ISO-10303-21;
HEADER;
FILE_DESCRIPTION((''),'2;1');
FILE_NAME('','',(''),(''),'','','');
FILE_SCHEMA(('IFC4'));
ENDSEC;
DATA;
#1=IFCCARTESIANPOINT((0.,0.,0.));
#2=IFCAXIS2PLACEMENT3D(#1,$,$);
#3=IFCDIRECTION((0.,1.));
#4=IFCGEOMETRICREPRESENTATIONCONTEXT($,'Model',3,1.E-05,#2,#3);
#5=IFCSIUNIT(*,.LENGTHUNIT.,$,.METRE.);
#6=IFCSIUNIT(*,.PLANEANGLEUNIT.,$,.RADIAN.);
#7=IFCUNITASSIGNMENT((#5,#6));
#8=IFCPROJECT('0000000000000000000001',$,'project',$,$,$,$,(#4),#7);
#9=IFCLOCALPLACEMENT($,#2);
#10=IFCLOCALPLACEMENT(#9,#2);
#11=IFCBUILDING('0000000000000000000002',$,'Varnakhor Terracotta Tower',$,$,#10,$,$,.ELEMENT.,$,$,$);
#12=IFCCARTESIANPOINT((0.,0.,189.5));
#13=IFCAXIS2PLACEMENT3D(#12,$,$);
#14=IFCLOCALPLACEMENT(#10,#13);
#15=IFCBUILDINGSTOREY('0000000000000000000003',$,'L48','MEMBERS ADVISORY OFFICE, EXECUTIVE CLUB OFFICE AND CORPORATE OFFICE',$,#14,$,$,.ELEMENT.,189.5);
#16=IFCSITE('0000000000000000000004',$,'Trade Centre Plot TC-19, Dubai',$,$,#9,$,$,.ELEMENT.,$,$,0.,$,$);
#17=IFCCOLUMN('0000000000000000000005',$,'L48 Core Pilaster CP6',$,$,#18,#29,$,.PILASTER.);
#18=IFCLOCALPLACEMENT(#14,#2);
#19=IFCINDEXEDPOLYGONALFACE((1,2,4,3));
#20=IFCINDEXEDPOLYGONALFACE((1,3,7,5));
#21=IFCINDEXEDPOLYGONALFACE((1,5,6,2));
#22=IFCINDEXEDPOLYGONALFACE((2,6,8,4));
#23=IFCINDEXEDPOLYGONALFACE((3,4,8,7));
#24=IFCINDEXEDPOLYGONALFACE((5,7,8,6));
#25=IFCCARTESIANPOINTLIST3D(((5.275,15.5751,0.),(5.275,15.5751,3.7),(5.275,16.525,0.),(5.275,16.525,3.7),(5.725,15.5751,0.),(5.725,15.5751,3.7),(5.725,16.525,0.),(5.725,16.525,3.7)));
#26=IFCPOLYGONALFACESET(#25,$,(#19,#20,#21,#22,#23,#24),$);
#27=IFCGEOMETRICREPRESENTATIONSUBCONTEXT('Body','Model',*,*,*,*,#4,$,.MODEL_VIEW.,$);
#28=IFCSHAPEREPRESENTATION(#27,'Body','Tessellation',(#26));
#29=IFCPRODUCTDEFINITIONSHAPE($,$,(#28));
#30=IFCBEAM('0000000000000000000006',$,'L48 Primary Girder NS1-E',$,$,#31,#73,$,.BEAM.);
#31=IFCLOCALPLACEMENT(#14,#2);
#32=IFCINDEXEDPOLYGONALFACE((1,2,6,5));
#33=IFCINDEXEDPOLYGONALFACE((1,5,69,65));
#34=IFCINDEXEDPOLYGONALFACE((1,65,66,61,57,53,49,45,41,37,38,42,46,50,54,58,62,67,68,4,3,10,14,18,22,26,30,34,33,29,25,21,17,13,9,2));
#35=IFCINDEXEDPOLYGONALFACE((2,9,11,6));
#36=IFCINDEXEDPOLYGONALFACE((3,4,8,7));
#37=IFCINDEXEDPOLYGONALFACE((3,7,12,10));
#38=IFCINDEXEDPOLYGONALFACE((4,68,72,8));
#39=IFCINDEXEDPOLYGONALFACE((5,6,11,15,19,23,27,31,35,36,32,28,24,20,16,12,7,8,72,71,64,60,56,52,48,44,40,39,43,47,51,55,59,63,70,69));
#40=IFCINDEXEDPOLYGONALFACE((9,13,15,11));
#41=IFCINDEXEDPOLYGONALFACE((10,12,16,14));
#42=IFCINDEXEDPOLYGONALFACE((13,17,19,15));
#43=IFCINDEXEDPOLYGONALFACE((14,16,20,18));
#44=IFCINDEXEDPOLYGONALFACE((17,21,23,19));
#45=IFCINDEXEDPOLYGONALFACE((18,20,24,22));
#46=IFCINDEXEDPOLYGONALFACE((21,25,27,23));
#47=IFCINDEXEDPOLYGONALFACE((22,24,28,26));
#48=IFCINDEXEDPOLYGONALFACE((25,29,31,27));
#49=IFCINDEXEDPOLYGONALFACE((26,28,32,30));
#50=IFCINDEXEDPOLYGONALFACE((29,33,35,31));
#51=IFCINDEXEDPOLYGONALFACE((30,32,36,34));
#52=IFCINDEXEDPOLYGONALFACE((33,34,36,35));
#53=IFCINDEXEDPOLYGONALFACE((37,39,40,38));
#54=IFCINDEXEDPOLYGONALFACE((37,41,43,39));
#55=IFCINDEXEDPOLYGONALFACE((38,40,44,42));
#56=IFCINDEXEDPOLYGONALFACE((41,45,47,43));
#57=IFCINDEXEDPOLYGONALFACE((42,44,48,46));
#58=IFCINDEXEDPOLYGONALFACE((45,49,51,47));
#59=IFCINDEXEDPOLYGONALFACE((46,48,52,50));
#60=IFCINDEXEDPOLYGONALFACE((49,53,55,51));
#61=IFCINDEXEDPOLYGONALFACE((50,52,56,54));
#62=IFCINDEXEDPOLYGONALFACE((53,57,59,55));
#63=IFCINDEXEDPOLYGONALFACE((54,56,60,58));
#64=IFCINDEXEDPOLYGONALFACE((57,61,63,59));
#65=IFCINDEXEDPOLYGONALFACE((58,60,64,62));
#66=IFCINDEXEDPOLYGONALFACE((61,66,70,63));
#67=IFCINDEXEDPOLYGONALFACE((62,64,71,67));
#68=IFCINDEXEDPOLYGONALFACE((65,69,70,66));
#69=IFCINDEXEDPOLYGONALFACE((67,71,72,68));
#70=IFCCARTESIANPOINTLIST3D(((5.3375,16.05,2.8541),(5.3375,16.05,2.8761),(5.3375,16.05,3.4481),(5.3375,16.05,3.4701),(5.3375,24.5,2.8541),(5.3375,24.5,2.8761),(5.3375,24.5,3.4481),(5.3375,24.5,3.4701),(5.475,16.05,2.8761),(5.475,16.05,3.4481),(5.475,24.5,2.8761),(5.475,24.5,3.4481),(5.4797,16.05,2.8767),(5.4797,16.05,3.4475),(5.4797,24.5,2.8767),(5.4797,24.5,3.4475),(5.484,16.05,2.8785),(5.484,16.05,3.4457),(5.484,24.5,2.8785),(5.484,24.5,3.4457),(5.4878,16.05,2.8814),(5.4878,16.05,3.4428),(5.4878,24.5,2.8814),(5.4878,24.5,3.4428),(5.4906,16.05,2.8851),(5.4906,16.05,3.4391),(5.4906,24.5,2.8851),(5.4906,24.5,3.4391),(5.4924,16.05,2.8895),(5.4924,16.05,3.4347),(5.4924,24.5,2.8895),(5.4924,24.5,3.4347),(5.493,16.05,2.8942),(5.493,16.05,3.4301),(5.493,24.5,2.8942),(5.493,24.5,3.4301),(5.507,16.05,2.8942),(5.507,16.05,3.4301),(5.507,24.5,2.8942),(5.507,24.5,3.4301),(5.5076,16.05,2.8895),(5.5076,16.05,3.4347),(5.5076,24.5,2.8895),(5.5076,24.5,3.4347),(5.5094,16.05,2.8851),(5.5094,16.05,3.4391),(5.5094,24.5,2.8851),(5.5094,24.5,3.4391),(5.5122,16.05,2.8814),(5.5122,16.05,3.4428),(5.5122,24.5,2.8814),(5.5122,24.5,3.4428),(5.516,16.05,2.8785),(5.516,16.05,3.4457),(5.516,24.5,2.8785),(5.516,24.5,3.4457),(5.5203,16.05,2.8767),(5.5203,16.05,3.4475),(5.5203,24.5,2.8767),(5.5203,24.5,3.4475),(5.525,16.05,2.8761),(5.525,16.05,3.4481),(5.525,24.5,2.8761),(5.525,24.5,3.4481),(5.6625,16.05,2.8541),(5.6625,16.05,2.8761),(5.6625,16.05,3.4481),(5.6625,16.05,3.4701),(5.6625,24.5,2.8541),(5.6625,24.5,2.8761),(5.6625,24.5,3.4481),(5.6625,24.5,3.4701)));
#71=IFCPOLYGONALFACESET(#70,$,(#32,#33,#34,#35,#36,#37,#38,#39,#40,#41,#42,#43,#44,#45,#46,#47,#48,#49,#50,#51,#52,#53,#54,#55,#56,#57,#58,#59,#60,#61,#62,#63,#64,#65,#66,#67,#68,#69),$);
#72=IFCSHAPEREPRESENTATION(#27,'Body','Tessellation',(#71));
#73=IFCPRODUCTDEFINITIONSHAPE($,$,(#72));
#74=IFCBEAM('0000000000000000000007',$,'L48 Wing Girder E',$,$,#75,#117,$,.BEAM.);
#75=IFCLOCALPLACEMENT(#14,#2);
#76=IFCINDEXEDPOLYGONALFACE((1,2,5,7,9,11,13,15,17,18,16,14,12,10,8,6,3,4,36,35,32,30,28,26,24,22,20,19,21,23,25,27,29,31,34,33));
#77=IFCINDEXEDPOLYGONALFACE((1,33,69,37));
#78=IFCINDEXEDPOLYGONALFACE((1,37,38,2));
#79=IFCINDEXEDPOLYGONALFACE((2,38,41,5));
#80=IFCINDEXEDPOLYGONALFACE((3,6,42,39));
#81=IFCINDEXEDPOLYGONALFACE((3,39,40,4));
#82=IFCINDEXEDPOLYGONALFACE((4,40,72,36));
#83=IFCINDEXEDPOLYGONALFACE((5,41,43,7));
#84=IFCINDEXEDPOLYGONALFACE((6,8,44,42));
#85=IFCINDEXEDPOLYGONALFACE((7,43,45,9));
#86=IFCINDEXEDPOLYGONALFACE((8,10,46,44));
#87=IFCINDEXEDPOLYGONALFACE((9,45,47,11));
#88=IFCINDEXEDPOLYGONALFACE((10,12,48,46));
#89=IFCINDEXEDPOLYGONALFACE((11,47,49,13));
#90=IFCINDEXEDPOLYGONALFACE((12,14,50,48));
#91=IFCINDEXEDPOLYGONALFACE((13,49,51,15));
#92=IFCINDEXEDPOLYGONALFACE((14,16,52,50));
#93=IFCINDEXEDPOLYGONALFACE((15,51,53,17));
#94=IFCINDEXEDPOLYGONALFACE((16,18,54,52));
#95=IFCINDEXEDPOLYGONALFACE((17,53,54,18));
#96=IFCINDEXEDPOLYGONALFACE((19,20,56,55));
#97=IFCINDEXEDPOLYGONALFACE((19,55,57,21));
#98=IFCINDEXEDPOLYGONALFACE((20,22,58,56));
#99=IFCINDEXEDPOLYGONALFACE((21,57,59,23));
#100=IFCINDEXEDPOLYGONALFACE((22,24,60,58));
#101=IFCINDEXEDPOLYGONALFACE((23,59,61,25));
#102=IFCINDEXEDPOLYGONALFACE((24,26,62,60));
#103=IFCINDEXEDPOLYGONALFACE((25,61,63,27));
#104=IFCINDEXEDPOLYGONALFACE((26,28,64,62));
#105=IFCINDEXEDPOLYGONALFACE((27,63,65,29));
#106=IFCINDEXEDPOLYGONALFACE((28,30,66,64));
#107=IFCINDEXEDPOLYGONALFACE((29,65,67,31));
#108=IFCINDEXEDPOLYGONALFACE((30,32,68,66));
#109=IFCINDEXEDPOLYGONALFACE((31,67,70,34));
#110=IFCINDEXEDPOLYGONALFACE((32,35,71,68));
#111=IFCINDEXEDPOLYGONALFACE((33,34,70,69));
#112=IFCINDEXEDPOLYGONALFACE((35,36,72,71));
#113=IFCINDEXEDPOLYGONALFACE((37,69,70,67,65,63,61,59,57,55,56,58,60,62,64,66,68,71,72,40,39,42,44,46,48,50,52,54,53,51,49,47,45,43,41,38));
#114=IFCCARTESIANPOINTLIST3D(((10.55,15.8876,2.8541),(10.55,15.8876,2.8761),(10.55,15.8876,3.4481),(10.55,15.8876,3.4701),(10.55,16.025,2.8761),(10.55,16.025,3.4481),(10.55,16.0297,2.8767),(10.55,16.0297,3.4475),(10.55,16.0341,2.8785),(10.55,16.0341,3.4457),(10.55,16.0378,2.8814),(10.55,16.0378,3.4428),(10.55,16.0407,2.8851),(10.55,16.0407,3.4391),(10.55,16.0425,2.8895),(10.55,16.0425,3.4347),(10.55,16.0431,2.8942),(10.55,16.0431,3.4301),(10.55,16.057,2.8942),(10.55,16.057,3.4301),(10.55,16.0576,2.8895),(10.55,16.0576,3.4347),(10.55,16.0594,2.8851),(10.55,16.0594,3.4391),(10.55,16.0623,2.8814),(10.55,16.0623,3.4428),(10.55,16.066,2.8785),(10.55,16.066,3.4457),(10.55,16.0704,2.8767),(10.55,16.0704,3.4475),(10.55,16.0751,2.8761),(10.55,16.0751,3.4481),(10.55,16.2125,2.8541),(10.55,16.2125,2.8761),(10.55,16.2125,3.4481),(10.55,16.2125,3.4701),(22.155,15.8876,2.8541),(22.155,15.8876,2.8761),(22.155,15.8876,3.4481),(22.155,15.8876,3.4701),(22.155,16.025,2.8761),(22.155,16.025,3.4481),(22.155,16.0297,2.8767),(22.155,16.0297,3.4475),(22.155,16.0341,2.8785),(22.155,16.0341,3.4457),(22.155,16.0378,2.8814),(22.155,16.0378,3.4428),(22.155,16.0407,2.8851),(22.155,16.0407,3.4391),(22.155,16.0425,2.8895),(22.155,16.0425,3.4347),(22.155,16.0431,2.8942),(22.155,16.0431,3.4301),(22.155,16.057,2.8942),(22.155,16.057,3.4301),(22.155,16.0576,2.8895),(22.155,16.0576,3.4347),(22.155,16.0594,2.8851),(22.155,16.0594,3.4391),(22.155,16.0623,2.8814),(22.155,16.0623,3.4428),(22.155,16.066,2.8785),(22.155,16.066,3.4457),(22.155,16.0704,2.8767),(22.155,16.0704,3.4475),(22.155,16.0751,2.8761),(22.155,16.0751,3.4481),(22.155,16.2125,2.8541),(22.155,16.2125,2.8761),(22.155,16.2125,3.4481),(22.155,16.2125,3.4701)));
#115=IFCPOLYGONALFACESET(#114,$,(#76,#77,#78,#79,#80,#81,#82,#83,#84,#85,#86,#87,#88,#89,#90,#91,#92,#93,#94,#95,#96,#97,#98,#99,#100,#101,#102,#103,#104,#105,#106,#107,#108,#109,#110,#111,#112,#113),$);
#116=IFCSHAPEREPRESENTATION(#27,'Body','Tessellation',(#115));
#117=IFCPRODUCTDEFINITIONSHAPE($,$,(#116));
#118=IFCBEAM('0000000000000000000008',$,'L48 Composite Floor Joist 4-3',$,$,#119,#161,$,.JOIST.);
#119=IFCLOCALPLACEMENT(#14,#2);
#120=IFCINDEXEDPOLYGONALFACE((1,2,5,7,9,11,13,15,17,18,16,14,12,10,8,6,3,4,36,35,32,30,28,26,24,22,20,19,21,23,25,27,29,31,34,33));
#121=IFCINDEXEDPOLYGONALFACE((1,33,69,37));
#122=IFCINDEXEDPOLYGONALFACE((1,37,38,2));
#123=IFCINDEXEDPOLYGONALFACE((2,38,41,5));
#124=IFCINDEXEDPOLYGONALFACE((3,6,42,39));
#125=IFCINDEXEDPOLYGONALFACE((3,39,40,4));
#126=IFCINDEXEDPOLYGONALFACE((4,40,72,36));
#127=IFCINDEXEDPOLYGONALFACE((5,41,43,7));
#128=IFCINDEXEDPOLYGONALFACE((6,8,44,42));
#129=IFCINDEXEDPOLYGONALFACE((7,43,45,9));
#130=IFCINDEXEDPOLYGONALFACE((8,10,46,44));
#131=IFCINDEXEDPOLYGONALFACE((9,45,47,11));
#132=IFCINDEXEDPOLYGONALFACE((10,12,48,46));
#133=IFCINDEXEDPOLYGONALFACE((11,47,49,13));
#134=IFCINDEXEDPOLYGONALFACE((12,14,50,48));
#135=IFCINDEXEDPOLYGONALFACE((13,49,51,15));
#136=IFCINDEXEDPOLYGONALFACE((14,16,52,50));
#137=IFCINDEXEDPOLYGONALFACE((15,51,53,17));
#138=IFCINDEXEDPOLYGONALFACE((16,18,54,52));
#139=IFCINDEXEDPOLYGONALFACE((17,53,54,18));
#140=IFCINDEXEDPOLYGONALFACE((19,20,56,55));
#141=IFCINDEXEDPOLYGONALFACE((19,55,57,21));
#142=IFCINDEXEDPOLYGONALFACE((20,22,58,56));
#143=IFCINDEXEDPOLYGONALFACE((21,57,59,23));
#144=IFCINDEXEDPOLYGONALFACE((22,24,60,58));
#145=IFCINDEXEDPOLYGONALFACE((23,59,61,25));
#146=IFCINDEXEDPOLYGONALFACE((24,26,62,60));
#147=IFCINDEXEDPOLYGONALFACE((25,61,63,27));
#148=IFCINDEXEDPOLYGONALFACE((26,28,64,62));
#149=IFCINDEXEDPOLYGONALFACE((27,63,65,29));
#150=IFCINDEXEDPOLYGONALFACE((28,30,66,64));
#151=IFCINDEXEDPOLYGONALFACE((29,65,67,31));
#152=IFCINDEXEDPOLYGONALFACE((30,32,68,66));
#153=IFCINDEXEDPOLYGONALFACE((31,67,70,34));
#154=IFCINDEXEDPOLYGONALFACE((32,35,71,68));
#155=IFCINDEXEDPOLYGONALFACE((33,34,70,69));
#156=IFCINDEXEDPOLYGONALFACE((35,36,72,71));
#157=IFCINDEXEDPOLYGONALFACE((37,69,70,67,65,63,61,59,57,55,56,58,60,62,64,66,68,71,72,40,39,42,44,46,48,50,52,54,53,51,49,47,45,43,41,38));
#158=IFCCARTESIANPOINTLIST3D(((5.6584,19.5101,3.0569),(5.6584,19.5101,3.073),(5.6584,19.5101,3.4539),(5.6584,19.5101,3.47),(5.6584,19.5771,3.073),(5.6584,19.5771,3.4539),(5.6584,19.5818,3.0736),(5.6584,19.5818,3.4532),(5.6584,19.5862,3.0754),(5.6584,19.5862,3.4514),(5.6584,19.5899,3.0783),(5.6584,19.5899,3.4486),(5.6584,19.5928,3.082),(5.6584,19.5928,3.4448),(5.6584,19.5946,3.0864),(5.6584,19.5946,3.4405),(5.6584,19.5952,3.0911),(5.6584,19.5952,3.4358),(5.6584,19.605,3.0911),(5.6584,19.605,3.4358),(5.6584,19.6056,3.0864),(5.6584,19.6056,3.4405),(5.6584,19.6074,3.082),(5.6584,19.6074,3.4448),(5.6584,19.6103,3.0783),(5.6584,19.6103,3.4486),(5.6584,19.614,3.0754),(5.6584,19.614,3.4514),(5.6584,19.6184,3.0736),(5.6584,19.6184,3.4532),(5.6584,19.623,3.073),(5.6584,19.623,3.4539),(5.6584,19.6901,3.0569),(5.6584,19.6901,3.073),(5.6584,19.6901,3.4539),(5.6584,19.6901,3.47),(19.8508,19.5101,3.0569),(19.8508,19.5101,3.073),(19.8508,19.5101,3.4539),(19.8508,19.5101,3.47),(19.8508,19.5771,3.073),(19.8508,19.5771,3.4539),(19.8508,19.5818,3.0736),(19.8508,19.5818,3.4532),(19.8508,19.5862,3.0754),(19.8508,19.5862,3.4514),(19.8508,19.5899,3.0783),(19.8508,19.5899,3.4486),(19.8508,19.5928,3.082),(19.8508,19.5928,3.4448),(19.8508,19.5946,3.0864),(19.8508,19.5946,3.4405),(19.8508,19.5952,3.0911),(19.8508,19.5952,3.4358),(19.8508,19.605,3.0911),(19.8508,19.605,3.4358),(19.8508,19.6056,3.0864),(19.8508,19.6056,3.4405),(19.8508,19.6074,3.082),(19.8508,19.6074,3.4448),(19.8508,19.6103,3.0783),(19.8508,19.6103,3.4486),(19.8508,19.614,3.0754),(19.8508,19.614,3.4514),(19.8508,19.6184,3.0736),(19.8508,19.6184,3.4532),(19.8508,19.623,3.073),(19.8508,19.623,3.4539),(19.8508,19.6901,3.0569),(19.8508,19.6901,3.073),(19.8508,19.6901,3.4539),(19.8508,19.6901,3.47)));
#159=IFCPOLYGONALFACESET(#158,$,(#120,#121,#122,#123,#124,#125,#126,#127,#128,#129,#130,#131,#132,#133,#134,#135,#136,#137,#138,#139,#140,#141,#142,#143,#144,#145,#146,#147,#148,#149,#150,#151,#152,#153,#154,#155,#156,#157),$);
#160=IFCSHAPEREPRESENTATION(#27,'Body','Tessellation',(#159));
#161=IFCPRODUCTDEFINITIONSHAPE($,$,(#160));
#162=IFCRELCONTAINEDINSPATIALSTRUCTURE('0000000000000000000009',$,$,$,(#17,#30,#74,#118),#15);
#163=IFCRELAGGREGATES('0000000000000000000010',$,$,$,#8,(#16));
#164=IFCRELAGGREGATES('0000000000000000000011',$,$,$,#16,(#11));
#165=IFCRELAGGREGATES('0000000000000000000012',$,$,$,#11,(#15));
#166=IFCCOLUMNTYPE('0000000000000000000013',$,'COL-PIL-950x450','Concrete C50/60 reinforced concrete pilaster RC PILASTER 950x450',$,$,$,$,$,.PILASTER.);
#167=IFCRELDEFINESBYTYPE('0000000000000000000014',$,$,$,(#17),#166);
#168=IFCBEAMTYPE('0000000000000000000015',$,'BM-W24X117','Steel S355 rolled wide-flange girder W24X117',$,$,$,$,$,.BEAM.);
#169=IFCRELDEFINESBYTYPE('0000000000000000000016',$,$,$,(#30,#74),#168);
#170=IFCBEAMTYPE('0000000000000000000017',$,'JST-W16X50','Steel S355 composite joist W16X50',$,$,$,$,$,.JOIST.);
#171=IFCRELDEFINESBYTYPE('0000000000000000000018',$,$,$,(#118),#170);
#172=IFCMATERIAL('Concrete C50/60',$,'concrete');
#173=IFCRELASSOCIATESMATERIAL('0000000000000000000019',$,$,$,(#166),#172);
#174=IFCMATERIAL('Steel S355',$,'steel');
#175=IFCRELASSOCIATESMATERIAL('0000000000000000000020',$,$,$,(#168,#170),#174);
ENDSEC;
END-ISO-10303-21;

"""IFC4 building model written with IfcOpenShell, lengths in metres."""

from ifc_helpers import new_model, si_unit, direction, frame, origin, origin_2d, place, context, subcontext, project, spatial, rectangle, i_section, extrude, source, transform, mapped, material, material_profile, profile_set, type_object, type_shapes, element, save


model = new_model("IFC4")

# Units and contexts
model_context = context("Model", 3, precision=1e-05, world=origin(), true_north=direction((0.0, 1.0)))
body_context = subcontext(model_context, "Body", "Model", "MODEL_VIEW")
ifc_project = project(units=[si_unit("LENGTHUNIT", "METRE"), si_unit("PLANEANGLEUNIT", "RADIAN")], contexts=[model_context])

# Site, building, storey
site_placement = place(None, origin())
site = spatial("IfcSite", under=ifc_project, at=site_placement, Name="Trade Centre Plot TC-19, Dubai", CompositionType="ELEMENT", RefElevation=0.0)
building_placement = place(site_placement, origin())
building = spatial("IfcBuilding", under=site, at=building_placement, Name="Varnakhor Terracotta Tower", CompositionType="ELEMENT")
storey_placement = place(building_placement, frame((0.0, 0.0, 189.5)))
storey = spatial("IfcBuildingStorey", under=building, at=storey_placement, Name="L48", Description="MEMBERS ADVISORY OFFICE, EXECUTIVE CLUB OFFICE AND CORPORATE OFFICE", CompositionType="ELEMENT", Elevation=189.5)

# Column
ifc_material_1 = material(Name="Concrete C50/60", Category="concrete")
ifc_material_profile_1 = material_profile(ifc_material_1, rectangle(XDim=0.45, YDim=0.95, at=origin_2d()), Name="RC PILASTER 950x450")
ifc_profile_set_1 = profile_set([ifc_material_profile_1], Name="Concrete C50/60")
column_type = type_object("IfcColumnType", Name="COL-PIL-950x450", Description="Concrete C50/60 reinforced concrete pilaster RC PILASTER 950x450", PredefinedType="PILASTER", material=ifc_profile_set_1)
shared_shape_1 = source(origin(), body_context, "Body", "SweptSolid", [
    extrude(rectangle(XDim=0.45, YDim=0.95, at=origin_2d()), origin(), (0.0, 0.0, 1.0), 3.7),
])
column_placement = place(storey_placement, frame((5.5, 16.05, 0.0), z_axis=(0.0, 0.0, 1.0), x_axis=(1.0, 0.0, 0.0)))
element("IfcColumn", 1, at=column_placement, inside=storey, type_object=column_type, Name="L48 Core Pilaster CP6", PredefinedType="PILASTER", context=body_context, shape_type="MappedRepresentation", body=[
    mapped(shared_shape_1, transform((0.0, 0.0, 0.0), scale=1.0)),
])

# Beams
ifc_material_2 = material(Name="Steel S355", Category="steel")
ifc_material_profile_2 = material_profile(ifc_material_2, i_section(OverallWidth=0.325, OverallDepth=0.616, WebThickness=0.0139, FlangeThickness=0.022, FilletRadius=0.0181, at=origin_2d()), Name="W24X117")
ifc_profile_set_2 = profile_set([ifc_material_profile_2], Name="Steel S355")
beam_type_1 = type_object("IfcBeamType", Name="BM-W24X117", Description="Steel S355 rolled wide-flange girder W24X117", PredefinedType="BEAM", material=ifc_profile_set_2)
shared_shape_2 = source(origin(), body_context, "Body", "SweptSolid", [
    extrude(i_section(OverallWidth=0.325, OverallDepth=0.616, WebThickness=0.0139, FlangeThickness=0.022, FilletRadius=0.0181, at=origin_2d()), origin(), (0.0, 0.0, 1.0), 8.45),
])
type_shapes(beam_type_1, [shared_shape_2])
beam_1_placement = place(storey_placement, frame((5.5, 16.05, 3.1621), z_axis=(0.0, 1.0, 0.0), x_axis=(-1.0, 0.0, 0.0)))
element("IfcBeam", 2, at=beam_1_placement, inside=storey, type_object=beam_type_1, Name="L48 Primary Girder NS1-E", PredefinedType="BEAM", context=body_context, shape_type="MappedRepresentation", body=[
    mapped(shared_shape_2, transform((0.0, 0.0, 0.0), scale=1.0)),
])
shared_shape_3 = source(origin(), body_context, "Body", "SweptSolid", [
    extrude(i_section(OverallWidth=0.325, OverallDepth=0.616, WebThickness=0.0139, FlangeThickness=0.022, FilletRadius=0.0181, at=origin_2d()), origin(), (0.0, 0.0, 1.0), 11.605),
])
beam_2_placement = place(storey_placement, frame((10.55, 16.05, 3.1621), z_axis=(1.0, 0.0, 0.0), x_axis=(0.0, 1.0, 0.0)))
element("IfcBeam", 3, at=beam_2_placement, inside=storey, type_object=beam_type_1, Name="L48 Wing Girder E", PredefinedType="BEAM", context=body_context, shape_type="MappedRepresentation", body=[
    mapped(shared_shape_3, transform((0.0, 0.0, 0.0), scale=1.0)),
])
ifc_material_profile_3 = material_profile(ifc_material_2, i_section(OverallWidth=0.1799, OverallDepth=0.4131, WebThickness=0.0098, FlangeThickness=0.0161, FilletRadius=0.0181, at=origin_2d()), Name="W16X50")
ifc_profile_set_3 = profile_set([ifc_material_profile_3], Name="Steel S355")
beam_type_2 = type_object("IfcBeamType", Name="JST-W16X50", Description="Steel S355 composite joist W16X50", PredefinedType="JOIST", material=ifc_profile_set_3)
shared_shape_4 = source(origin(), body_context, "Body", "SweptSolid", [
    extrude(i_section(OverallWidth=0.1799, OverallDepth=0.4131, WebThickness=0.0098, FlangeThickness=0.0161, FilletRadius=0.0181, at=origin_2d()), origin(), (0.0, 0.0, 1.0), 14.1924),
])
beam_3_placement = place(storey_placement, frame((5.6584, 19.6001, 3.2634), z_axis=(1.0, 0.0, 0.0), x_axis=(0.0, 1.0, 0.0)))
element("IfcBeam", 4, at=beam_3_placement, inside=storey, type_object=beam_type_2, Name="L48 Composite Floor Joist 4-3", PredefinedType="JOIST", context=body_context, shape_type="MappedRepresentation", body=[
    mapped(shared_shape_4, transform((0.0, 0.0, 0.0), scale=1.0)),
])

save(model, "model.ifc")
